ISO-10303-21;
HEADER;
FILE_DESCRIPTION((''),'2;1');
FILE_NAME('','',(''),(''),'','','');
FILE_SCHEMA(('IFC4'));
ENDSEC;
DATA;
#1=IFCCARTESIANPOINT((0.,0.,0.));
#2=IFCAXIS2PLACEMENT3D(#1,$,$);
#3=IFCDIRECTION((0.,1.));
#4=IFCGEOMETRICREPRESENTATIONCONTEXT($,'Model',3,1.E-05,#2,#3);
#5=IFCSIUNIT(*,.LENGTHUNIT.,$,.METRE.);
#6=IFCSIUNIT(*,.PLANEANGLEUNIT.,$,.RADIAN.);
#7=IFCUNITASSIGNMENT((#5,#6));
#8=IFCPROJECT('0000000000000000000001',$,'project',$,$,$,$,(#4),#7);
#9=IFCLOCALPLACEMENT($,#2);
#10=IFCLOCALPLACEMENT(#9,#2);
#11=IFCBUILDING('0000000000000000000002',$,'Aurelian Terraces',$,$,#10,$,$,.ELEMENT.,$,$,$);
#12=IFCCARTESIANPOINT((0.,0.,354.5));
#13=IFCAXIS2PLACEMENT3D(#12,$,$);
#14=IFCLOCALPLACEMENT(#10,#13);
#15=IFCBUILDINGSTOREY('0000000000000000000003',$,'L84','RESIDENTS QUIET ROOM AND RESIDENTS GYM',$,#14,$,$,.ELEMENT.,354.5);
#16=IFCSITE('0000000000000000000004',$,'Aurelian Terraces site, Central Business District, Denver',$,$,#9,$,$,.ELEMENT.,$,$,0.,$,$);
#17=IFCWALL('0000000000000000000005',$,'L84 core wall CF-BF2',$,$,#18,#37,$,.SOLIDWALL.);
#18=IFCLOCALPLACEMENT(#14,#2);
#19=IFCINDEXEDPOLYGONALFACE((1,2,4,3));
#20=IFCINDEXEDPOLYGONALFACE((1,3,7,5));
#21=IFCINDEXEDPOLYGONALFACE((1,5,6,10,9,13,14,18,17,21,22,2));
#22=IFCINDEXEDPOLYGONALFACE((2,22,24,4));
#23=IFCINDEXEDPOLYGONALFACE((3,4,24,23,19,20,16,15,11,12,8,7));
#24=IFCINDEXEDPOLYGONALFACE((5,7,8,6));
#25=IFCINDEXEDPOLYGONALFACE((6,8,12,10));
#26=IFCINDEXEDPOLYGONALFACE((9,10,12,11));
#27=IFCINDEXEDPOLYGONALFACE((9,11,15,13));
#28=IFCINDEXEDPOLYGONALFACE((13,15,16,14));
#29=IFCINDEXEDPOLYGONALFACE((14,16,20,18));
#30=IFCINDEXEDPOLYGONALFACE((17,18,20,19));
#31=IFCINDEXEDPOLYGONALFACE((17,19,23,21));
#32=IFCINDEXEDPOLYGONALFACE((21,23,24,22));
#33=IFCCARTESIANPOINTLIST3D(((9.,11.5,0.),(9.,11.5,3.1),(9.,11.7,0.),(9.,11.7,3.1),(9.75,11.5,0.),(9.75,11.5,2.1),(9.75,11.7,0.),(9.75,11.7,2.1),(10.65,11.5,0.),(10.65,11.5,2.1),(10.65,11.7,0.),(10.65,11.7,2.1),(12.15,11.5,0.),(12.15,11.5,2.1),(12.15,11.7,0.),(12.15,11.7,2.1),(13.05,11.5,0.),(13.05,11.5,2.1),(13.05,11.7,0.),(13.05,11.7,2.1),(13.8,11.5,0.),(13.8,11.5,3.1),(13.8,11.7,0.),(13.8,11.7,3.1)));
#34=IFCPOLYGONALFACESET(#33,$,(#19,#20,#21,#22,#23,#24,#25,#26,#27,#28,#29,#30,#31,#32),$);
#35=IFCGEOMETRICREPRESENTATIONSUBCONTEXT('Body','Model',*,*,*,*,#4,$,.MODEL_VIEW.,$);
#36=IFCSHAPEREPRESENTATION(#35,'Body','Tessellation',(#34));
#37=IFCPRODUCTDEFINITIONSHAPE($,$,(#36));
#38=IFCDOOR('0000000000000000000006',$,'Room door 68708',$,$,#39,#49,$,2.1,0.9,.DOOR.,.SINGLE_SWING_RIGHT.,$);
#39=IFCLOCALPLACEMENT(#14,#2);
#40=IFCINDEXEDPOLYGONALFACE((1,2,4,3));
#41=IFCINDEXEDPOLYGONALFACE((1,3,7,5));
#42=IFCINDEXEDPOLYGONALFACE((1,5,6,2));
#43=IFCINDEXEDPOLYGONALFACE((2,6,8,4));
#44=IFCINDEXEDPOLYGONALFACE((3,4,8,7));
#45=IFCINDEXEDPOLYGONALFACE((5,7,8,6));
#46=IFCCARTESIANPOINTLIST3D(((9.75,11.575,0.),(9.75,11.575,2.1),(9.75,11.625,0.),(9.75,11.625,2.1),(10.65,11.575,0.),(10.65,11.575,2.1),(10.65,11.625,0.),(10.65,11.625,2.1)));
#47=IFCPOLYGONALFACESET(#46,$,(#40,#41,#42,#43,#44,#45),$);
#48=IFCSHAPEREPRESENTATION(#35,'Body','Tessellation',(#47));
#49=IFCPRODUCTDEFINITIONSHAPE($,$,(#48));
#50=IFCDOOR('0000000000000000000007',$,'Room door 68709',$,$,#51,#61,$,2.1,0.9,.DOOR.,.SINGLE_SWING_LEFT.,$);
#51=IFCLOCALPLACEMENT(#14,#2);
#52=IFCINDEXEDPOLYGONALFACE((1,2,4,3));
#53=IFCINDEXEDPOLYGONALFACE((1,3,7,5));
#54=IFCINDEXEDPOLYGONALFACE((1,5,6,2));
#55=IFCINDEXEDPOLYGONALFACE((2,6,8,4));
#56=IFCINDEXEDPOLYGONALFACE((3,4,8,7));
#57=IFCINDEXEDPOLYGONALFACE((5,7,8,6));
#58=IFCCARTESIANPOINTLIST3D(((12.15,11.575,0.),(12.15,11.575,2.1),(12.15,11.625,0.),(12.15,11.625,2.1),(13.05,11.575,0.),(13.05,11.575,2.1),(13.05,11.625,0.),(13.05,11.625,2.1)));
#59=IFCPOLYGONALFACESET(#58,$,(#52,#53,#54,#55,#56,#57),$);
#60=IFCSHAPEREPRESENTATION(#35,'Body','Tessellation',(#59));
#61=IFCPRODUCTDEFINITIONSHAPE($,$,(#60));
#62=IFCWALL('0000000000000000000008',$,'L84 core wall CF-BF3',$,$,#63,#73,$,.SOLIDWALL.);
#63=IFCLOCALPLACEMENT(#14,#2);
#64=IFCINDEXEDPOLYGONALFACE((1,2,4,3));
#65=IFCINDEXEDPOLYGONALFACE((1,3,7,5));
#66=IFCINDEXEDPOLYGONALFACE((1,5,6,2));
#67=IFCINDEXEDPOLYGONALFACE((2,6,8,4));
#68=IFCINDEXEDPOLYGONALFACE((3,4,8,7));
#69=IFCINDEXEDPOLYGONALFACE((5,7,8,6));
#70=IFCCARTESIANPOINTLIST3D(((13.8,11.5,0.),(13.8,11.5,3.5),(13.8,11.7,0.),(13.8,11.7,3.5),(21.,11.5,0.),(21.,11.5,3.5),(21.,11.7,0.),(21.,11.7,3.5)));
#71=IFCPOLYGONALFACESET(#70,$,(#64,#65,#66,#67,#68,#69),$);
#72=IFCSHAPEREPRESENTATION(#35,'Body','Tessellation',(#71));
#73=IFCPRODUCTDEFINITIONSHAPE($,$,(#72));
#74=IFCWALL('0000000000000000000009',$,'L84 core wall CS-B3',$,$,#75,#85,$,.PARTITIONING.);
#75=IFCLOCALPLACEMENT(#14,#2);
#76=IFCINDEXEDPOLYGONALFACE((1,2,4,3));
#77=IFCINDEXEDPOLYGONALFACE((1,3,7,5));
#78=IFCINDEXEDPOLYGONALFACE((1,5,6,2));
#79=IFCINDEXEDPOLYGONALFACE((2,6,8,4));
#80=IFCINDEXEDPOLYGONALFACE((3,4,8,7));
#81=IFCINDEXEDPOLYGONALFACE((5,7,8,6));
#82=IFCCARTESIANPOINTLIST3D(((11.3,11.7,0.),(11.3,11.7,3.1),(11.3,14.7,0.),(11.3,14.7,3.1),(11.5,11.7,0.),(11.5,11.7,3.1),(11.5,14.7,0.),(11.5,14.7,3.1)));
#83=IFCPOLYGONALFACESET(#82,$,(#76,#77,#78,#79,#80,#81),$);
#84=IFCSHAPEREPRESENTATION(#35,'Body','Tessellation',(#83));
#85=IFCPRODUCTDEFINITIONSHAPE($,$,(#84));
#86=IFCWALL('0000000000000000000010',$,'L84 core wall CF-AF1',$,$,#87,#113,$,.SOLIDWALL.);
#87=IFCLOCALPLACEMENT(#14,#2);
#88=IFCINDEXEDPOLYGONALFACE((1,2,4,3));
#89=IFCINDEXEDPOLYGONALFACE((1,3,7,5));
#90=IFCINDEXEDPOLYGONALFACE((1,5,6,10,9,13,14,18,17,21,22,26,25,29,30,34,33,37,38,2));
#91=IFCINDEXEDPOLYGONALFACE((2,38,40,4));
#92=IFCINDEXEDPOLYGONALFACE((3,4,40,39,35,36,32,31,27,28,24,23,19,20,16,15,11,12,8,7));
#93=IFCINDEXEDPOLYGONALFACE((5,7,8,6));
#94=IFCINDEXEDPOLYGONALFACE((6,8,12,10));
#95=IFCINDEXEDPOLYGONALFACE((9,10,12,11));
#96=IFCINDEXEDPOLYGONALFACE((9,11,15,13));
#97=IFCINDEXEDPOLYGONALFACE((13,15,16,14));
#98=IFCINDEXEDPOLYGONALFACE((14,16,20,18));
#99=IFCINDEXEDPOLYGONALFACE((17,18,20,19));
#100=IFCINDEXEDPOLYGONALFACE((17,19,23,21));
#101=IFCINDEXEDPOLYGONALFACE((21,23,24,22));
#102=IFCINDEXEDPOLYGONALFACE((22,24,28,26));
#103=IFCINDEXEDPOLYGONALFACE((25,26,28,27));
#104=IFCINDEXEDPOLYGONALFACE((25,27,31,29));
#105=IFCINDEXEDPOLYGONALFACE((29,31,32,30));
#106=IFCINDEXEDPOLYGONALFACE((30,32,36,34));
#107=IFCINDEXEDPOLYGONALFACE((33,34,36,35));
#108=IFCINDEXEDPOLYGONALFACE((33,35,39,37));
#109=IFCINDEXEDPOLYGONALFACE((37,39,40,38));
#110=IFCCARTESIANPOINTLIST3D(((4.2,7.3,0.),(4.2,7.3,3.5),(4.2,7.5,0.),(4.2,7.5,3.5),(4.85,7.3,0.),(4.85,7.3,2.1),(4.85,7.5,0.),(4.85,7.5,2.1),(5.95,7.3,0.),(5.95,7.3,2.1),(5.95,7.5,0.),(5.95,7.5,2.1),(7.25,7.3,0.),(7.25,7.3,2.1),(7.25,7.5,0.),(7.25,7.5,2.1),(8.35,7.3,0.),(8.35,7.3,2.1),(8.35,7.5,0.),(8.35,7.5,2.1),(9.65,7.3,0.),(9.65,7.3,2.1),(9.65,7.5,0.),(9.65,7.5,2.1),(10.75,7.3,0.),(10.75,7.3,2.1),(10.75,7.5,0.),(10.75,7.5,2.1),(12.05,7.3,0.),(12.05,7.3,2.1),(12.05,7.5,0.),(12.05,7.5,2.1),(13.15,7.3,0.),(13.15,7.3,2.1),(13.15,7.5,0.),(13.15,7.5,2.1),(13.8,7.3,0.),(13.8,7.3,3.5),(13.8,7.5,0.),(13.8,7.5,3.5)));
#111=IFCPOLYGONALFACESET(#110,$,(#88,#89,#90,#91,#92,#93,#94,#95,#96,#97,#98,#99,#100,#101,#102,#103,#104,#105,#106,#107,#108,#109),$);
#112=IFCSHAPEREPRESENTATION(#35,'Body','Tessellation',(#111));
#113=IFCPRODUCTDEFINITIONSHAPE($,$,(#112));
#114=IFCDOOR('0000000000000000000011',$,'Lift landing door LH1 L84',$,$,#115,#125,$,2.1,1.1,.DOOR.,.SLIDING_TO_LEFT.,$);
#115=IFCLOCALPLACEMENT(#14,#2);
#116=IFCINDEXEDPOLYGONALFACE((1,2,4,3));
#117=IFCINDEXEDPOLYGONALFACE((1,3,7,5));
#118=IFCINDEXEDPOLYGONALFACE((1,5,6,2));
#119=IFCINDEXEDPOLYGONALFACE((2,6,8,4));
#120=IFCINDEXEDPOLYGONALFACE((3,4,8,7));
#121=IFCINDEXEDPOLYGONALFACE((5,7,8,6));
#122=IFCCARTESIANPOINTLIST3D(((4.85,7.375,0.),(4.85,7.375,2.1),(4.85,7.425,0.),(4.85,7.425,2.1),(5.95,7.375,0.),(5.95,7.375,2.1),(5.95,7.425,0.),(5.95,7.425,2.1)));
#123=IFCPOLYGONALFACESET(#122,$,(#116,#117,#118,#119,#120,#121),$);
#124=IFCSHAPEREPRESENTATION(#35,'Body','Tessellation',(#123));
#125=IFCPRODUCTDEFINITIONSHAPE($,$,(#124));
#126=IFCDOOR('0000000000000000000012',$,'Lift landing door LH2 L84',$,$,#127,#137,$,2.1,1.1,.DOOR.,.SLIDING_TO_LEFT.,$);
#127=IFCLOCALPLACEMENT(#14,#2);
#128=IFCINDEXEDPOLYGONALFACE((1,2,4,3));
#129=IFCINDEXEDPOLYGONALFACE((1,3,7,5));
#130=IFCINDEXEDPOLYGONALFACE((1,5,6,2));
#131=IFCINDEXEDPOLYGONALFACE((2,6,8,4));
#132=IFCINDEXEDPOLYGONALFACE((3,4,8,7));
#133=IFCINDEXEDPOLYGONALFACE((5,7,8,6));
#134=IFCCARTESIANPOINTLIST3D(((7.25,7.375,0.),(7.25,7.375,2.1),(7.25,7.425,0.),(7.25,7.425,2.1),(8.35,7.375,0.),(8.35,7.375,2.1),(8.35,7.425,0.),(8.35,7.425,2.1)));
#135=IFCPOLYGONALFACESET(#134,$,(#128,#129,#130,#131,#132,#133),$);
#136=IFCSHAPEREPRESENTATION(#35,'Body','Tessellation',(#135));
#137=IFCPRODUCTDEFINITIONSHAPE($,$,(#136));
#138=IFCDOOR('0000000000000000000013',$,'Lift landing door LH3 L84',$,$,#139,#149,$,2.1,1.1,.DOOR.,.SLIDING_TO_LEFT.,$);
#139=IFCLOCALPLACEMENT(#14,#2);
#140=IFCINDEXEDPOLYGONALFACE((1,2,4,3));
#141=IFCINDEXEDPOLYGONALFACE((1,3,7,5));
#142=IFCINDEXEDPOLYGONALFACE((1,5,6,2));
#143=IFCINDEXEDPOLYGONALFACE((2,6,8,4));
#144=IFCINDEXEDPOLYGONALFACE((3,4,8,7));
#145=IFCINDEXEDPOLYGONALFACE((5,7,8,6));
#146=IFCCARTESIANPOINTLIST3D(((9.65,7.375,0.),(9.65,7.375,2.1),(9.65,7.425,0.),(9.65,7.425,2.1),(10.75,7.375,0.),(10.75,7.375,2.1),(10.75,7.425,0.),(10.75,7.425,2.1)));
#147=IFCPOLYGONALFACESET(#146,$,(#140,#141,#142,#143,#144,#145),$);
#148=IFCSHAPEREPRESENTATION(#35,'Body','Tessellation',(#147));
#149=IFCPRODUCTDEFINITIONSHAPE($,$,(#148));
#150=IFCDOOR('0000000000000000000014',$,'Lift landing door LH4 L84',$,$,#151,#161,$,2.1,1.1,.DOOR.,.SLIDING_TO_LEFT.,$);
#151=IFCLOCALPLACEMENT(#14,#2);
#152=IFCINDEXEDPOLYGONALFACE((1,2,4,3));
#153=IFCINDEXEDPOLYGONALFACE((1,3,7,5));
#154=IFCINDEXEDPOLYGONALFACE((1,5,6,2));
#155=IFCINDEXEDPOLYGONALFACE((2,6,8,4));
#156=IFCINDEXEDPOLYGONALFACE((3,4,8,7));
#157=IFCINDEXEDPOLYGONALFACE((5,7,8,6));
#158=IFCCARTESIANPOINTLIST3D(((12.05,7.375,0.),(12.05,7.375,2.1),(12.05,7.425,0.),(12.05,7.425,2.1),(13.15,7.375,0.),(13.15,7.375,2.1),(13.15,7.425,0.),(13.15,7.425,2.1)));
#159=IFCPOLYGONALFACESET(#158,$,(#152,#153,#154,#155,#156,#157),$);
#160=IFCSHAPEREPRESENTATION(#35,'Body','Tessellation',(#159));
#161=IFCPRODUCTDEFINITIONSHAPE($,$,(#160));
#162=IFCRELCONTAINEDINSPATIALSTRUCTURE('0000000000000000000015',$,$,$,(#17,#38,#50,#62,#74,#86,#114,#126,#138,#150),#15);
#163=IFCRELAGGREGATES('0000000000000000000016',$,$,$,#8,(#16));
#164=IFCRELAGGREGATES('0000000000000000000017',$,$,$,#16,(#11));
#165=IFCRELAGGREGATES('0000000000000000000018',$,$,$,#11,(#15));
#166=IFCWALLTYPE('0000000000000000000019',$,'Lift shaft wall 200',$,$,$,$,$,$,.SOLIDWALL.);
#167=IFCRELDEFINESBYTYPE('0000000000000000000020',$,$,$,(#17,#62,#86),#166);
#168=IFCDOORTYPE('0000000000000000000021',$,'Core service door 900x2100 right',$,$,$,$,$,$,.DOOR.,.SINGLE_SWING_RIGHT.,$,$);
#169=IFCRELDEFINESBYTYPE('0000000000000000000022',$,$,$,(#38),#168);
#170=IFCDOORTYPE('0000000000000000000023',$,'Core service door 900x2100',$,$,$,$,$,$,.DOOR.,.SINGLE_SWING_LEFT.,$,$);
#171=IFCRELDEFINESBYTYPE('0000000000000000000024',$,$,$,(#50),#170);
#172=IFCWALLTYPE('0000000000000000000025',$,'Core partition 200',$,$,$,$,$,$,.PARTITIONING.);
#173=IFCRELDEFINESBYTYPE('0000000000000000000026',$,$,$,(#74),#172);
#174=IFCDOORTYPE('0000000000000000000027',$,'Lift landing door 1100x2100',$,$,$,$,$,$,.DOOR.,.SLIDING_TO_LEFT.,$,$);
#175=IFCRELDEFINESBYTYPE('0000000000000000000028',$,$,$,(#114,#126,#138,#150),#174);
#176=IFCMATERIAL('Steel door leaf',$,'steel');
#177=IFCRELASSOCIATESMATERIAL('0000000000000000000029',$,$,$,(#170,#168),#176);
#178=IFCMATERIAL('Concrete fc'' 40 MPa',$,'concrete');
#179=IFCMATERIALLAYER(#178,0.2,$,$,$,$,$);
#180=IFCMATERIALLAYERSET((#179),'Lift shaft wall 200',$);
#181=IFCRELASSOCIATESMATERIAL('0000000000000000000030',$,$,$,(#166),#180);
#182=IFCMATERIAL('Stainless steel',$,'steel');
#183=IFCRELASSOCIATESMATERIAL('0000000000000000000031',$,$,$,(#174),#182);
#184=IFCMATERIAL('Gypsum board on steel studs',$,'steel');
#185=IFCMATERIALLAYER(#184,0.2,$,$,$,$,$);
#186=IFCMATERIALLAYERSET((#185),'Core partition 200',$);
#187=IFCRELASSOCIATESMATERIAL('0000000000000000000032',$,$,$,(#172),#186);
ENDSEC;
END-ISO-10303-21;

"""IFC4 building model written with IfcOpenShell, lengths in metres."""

from ifc_helpers import new_model, si_unit, direction, frame, frame_2d, origin, place, context, subcontext, project, spatial, rectangle, extrude, source, transform, mapped, material, layer, layer_set, type_object, element, fill, save


model = new_model("IFC4")

# Units and contexts
model_context = context("Model", 3, precision=1e-05, world=origin(), true_north=direction((0.0, 1.0)))
body_context = subcontext(model_context, "Body", "Model", "MODEL_VIEW")
ifc_project = project(units=[si_unit("LENGTHUNIT", "METRE"), si_unit("PLANEANGLEUNIT", "RADIAN")], contexts=[model_context])

# Site, building, storey
site_placement = place(None, origin())
site = spatial("IfcSite", under=ifc_project, at=site_placement, Name="Aurelian Terraces site, Central Business District, Denver", CompositionType="ELEMENT", RefElevation=0.0)
building_placement = place(site_placement, origin())
building = spatial("IfcBuilding", under=site, at=building_placement, Name="Aurelian Terraces", CompositionType="ELEMENT")
storey_placement = place(building_placement, frame((0.0, 0.0, 354.5)))
storey = spatial("IfcBuildingStorey", under=building, at=storey_placement, Name="L84", Description="RESIDENTS QUIET ROOM AND RESIDENTS GYM", CompositionType="ELEMENT", Elevation=354.5)

# Shared definitions
ifc_material_1 = material(Name="Steel door leaf", Category="steel")
door_type_1 = type_object("IfcDoorType", Name="Core service door 900x2100", OperationType="SINGLE_SWING_LEFT", PredefinedType="DOOR", material=ifc_material_1)
shared_shape_1 = source(origin(), body_context, "Body", "SweptSolid", [
    extrude(rectangle(XDim=0.9, YDim=2.1, at=frame_2d((0.45, 1.05))), frame((0.0, 0.025, 0.0), z_axis=(0.0, -1.0, 0.0), x_axis=(1.0, 0.0, 0.0)), (0.0, 0.0, 1.0), 0.05),
])

# Shared definitions
ifc_material_2 = material(Name="Concrete fc' 40 MPa", Category="concrete")
ifc_layer_1 = layer(ifc_material_2, 0.2)
ifc_layer_set_1 = layer_set([ifc_layer_1], Name="Lift shaft wall 200")
wall_type_1 = type_object("IfcWallType", Name="Lift shaft wall 200", PredefinedType="SOLIDWALL", material=ifc_layer_set_1)

# Wall, openings, doors
shared_shape_2 = source(origin(), body_context, "Body", "SweptSolid", [
    extrude(rectangle(XDim=1.1, YDim=2.1, at=frame_2d((0.55, 1.05))), frame((0.0, 0.11, 0.0), z_axis=(0.0, -1.0, 0.0), x_axis=(1.0, 0.0, 0.0)), (0.0, 0.0, 1.0), 0.22),
])
ifc_material_3 = material(Name="Stainless steel", Category="steel")
door_type_2 = type_object("IfcDoorType", Name="Lift landing door 1100x2100", OperationType="SLIDING_TO_LEFT", PredefinedType="DOOR", material=ifc_material_3)
shared_shape_3 = source(origin(), body_context, "Body", "SweptSolid", [
    extrude(rectangle(XDim=1.1, YDim=2.1, at=frame_2d((0.55, 1.05))), frame((0.0, 0.025, 0.0), z_axis=(0.0, -1.0, 0.0), x_axis=(1.0, 0.0, 0.0)), (0.0, 0.0, 1.0), 0.05),
])
shared_shape_4 = source(origin(), body_context, "Body", "SweptSolid", [
    extrude(rectangle(XDim=4.8, YDim=0.2, at=frame_2d((2.4, 0.0))), origin(), (0.0, 0.0, 1.0), 3.1),
])
wall_1_placement = place(storey_placement, frame((9.0, 11.6, 0.0), z_axis=(0.0, 0.0, 1.0), x_axis=(1.0, 0.0, 0.0)))
wall_1 = element("IfcWall", 1, at=wall_1_placement, inside=storey, type_object=wall_type_1, Name="L84 core wall CF-BF2", PredefinedType="SOLIDWALL", context=body_context, shape_type="MappedRepresentation", body=[
    mapped(shared_shape_4, transform((0.0, 0.0, 0.0), scale=1.0)),
])
shared_shape_5 = source(origin(), body_context, "Body", "SweptSolid", [
    extrude(rectangle(XDim=0.9, YDim=2.1, at=frame_2d((0.45, 1.05))), frame((0.0, 0.11, 0.0), z_axis=(0.0, -1.0, 0.0), x_axis=(1.0, 0.0, 0.0)), (0.0, 0.0, 1.0), 0.22),
])
opening_1_placement = place(wall_1_placement, frame((0.75, 0.0, 0.0)))
opening_1 = element("IfcOpeningElement", 2, at=opening_1_placement, cuts=wall_1, PredefinedType="OPENING", context=body_context, shape_type="MappedRepresentation", body=[
    mapped(shared_shape_5, transform((0.0, 0.0, 0.0), scale=1.0)),
])
opening_2_placement = place(wall_1_placement, frame((3.15, 0.0, 0.0)))
opening_2 = element("IfcOpeningElement", 3, at=opening_2_placement, cuts=wall_1, PredefinedType="OPENING", context=body_context, shape_type="MappedRepresentation", body=[
    mapped(shared_shape_5, transform((0.0, 0.0, 0.0), scale=1.0)),
])
door_type_3 = type_object("IfcDoorType", Name="Core service door 900x2100 right", OperationType="SINGLE_SWING_RIGHT", PredefinedType="DOOR", material=ifc_material_1)
door_1_placement = place(opening_1_placement, origin())
door_1 = element("IfcDoor", 4, at=door_1_placement, inside=storey, type_object=door_type_3, Name="Room door 68708", OperationType="SINGLE_SWING_RIGHT", OverallHeight=2.1, OverallWidth=0.9, PredefinedType="DOOR", context=body_context, shape_type="MappedRepresentation", body=[
    mapped(shared_shape_1, transform((0.0, 0.0, 0.0), scale=1.0)),
])
fill(opening_1, door_1)
door_2_placement = place(opening_2_placement, origin())
door_2 = element("IfcDoor", 5, at=door_2_placement, inside=storey, type_object=door_type_1, Name="Room door 68709", OperationType="SINGLE_SWING_LEFT", OverallHeight=2.1, OverallWidth=0.9, PredefinedType="DOOR", context=body_context, shape_type="MappedRepresentation", body=[
    mapped(shared_shape_1, transform((0.0, 0.0, 0.0), scale=1.0)),
])
fill(opening_2, door_2)

# Walls
shared_shape_6 = source(origin(), body_context, "Body", "SweptSolid", [
    extrude(rectangle(XDim=7.2, YDim=0.2, at=frame_2d((3.6, 0.0))), origin(), (0.0, 0.0, 1.0), 3.5),
])
wall_2_placement = place(storey_placement, frame((13.8, 11.6, 0.0), z_axis=(0.0, 0.0, 1.0), x_axis=(1.0, 0.0, 0.0)))
element("IfcWall", 6, at=wall_2_placement, inside=storey, type_object=wall_type_1, Name="L84 core wall CF-BF3", PredefinedType="SOLIDWALL", context=body_context, shape_type="MappedRepresentation", body=[
    mapped(shared_shape_6, transform((0.0, 0.0, 0.0), scale=1.0)),
])
ifc_material_4 = material(Name="Gypsum board on steel studs", Category="steel")
ifc_layer_2 = layer(ifc_material_4, 0.2)
ifc_layer_set_2 = layer_set([ifc_layer_2], Name="Core partition 200")
wall_type_2 = type_object("IfcWallType", Name="Core partition 200", PredefinedType="PARTITIONING", material=ifc_layer_set_2)
shared_shape_7 = source(origin(), body_context, "Body", "SweptSolid", [
    extrude(rectangle(XDim=3.0, YDim=0.2, at=frame_2d((1.5, 0.0))), origin(), (0.0, 0.0, 1.0), 3.1),
])
wall_3_placement = place(storey_placement, frame((11.4, 11.7, 0.0), z_axis=(0.0, 0.0, 1.0), x_axis=(0.0, 1.0, 0.0)))
element("IfcWall", 7, at=wall_3_placement, inside=storey, type_object=wall_type_2, Name="L84 core wall CS-B3", PredefinedType="PARTITIONING", context=body_context, shape_type="MappedRepresentation", body=[
    mapped(shared_shape_7, transform((0.0, 0.0, 0.0), scale=1.0)),
])

# Wall, openings, doors
shared_shape_8 = source(origin(), body_context, "Body", "SweptSolid", [
    extrude(rectangle(XDim=9.6, YDim=0.2, at=frame_2d((4.8, 0.0))), origin(), (0.0, 0.0, 1.0), 3.5),
])
wall_4_placement = place(storey_placement, frame((4.2, 7.4, 0.0), z_axis=(0.0, 0.0, 1.0), x_axis=(1.0, 0.0, 0.0)))
wall_4 = element("IfcWall", 8, at=wall_4_placement, inside=storey, type_object=wall_type_1, Name="L84 core wall CF-AF1", PredefinedType="SOLIDWALL", context=body_context, shape_type="MappedRepresentation", body=[
    mapped(shared_shape_8, transform((0.0, 0.0, 0.0), scale=1.0)),
])
opening_3_placement = place(wall_4_placement, frame((0.65, 0.0, 0.0)))
opening_3 = element("IfcOpeningElement", 9, at=opening_3_placement, cuts=wall_4, PredefinedType="OPENING", context=body_context, shape_type="MappedRepresentation", body=[
    mapped(shared_shape_2, transform((0.0, 0.0, 0.0), scale=1.0)),
])
opening_4_placement = place(wall_4_placement, frame((3.05, 0.0, 0.0)))
opening_4 = element("IfcOpeningElement", 10, at=opening_4_placement, cuts=wall_4, PredefinedType="OPENING", context=body_context, shape_type="MappedRepresentation", body=[
    mapped(shared_shape_2, transform((0.0, 0.0, 0.0), scale=1.0)),
])
opening_5_placement = place(wall_4_placement, frame((5.45, 0.0, 0.0)))
opening_5 = element("IfcOpeningElement", 11, at=opening_5_placement, cuts=wall_4, PredefinedType="OPENING", context=body_context, shape_type="MappedRepresentation", body=[
    mapped(shared_shape_2, transform((0.0, 0.0, 0.0), scale=1.0)),
])
opening_6_placement = place(wall_4_placement, frame((7.85, 0.0, 0.0)))
opening_6 = element("IfcOpeningElement", 12, at=opening_6_placement, cuts=wall_4, PredefinedType="OPENING", context=body_context, shape_type="MappedRepresentation", body=[
    mapped(shared_shape_2, transform((0.0, 0.0, 0.0), scale=1.0)),
])
door_3_placement = place(opening_3_placement, origin())
door_3 = element("IfcDoor", 13, at=door_3_placement, inside=storey, type_object=door_type_2, Name="Lift landing door LH1 L84", OperationType="SLIDING_TO_LEFT", OverallHeight=2.1, OverallWidth=1.1, PredefinedType="DOOR", context=body_context, shape_type="MappedRepresentation", body=[
    mapped(shared_shape_3, transform((0.0, 0.0, 0.0), scale=1.0)),
])
fill(opening_3, door_3)
door_4_placement = place(opening_4_placement, origin())
door_4 = element("IfcDoor", 14, at=door_4_placement, inside=storey, type_object=door_type_2, Name="Lift landing door LH2 L84", OperationType="SLIDING_TO_LEFT", OverallHeight=2.1, OverallWidth=1.1, PredefinedType="DOOR", context=body_context, shape_type="MappedRepresentation", body=[
    mapped(shared_shape_3, transform((0.0, 0.0, 0.0), scale=1.0)),
])
fill(opening_4, door_4)
door_5_placement = place(opening_5_placement, origin())
door_5 = element("IfcDoor", 15, at=door_5_placement, inside=storey, type_object=door_type_2, Name="Lift landing door LH3 L84", OperationType="SLIDING_TO_LEFT", OverallHeight=2.1, OverallWidth=1.1, PredefinedType="DOOR", context=body_context, shape_type="MappedRepresentation", body=[
    mapped(shared_shape_3, transform((0.0, 0.0, 0.0), scale=1.0)),
])
fill(opening_5, door_5)
door_6_placement = place(opening_6_placement, origin())
door_6 = element("IfcDoor", 16, at=door_6_placement, inside=storey, type_object=door_type_2, Name="Lift landing door LH4 L84", OperationType="SLIDING_TO_LEFT", OverallHeight=2.1, OverallWidth=1.1, PredefinedType="DOOR", context=body_context, shape_type="MappedRepresentation", body=[
    mapped(shared_shape_3, transform((0.0, 0.0, 0.0), scale=1.0)),
])
fill(opening_6, door_6)

save(model, "model.ifc")
